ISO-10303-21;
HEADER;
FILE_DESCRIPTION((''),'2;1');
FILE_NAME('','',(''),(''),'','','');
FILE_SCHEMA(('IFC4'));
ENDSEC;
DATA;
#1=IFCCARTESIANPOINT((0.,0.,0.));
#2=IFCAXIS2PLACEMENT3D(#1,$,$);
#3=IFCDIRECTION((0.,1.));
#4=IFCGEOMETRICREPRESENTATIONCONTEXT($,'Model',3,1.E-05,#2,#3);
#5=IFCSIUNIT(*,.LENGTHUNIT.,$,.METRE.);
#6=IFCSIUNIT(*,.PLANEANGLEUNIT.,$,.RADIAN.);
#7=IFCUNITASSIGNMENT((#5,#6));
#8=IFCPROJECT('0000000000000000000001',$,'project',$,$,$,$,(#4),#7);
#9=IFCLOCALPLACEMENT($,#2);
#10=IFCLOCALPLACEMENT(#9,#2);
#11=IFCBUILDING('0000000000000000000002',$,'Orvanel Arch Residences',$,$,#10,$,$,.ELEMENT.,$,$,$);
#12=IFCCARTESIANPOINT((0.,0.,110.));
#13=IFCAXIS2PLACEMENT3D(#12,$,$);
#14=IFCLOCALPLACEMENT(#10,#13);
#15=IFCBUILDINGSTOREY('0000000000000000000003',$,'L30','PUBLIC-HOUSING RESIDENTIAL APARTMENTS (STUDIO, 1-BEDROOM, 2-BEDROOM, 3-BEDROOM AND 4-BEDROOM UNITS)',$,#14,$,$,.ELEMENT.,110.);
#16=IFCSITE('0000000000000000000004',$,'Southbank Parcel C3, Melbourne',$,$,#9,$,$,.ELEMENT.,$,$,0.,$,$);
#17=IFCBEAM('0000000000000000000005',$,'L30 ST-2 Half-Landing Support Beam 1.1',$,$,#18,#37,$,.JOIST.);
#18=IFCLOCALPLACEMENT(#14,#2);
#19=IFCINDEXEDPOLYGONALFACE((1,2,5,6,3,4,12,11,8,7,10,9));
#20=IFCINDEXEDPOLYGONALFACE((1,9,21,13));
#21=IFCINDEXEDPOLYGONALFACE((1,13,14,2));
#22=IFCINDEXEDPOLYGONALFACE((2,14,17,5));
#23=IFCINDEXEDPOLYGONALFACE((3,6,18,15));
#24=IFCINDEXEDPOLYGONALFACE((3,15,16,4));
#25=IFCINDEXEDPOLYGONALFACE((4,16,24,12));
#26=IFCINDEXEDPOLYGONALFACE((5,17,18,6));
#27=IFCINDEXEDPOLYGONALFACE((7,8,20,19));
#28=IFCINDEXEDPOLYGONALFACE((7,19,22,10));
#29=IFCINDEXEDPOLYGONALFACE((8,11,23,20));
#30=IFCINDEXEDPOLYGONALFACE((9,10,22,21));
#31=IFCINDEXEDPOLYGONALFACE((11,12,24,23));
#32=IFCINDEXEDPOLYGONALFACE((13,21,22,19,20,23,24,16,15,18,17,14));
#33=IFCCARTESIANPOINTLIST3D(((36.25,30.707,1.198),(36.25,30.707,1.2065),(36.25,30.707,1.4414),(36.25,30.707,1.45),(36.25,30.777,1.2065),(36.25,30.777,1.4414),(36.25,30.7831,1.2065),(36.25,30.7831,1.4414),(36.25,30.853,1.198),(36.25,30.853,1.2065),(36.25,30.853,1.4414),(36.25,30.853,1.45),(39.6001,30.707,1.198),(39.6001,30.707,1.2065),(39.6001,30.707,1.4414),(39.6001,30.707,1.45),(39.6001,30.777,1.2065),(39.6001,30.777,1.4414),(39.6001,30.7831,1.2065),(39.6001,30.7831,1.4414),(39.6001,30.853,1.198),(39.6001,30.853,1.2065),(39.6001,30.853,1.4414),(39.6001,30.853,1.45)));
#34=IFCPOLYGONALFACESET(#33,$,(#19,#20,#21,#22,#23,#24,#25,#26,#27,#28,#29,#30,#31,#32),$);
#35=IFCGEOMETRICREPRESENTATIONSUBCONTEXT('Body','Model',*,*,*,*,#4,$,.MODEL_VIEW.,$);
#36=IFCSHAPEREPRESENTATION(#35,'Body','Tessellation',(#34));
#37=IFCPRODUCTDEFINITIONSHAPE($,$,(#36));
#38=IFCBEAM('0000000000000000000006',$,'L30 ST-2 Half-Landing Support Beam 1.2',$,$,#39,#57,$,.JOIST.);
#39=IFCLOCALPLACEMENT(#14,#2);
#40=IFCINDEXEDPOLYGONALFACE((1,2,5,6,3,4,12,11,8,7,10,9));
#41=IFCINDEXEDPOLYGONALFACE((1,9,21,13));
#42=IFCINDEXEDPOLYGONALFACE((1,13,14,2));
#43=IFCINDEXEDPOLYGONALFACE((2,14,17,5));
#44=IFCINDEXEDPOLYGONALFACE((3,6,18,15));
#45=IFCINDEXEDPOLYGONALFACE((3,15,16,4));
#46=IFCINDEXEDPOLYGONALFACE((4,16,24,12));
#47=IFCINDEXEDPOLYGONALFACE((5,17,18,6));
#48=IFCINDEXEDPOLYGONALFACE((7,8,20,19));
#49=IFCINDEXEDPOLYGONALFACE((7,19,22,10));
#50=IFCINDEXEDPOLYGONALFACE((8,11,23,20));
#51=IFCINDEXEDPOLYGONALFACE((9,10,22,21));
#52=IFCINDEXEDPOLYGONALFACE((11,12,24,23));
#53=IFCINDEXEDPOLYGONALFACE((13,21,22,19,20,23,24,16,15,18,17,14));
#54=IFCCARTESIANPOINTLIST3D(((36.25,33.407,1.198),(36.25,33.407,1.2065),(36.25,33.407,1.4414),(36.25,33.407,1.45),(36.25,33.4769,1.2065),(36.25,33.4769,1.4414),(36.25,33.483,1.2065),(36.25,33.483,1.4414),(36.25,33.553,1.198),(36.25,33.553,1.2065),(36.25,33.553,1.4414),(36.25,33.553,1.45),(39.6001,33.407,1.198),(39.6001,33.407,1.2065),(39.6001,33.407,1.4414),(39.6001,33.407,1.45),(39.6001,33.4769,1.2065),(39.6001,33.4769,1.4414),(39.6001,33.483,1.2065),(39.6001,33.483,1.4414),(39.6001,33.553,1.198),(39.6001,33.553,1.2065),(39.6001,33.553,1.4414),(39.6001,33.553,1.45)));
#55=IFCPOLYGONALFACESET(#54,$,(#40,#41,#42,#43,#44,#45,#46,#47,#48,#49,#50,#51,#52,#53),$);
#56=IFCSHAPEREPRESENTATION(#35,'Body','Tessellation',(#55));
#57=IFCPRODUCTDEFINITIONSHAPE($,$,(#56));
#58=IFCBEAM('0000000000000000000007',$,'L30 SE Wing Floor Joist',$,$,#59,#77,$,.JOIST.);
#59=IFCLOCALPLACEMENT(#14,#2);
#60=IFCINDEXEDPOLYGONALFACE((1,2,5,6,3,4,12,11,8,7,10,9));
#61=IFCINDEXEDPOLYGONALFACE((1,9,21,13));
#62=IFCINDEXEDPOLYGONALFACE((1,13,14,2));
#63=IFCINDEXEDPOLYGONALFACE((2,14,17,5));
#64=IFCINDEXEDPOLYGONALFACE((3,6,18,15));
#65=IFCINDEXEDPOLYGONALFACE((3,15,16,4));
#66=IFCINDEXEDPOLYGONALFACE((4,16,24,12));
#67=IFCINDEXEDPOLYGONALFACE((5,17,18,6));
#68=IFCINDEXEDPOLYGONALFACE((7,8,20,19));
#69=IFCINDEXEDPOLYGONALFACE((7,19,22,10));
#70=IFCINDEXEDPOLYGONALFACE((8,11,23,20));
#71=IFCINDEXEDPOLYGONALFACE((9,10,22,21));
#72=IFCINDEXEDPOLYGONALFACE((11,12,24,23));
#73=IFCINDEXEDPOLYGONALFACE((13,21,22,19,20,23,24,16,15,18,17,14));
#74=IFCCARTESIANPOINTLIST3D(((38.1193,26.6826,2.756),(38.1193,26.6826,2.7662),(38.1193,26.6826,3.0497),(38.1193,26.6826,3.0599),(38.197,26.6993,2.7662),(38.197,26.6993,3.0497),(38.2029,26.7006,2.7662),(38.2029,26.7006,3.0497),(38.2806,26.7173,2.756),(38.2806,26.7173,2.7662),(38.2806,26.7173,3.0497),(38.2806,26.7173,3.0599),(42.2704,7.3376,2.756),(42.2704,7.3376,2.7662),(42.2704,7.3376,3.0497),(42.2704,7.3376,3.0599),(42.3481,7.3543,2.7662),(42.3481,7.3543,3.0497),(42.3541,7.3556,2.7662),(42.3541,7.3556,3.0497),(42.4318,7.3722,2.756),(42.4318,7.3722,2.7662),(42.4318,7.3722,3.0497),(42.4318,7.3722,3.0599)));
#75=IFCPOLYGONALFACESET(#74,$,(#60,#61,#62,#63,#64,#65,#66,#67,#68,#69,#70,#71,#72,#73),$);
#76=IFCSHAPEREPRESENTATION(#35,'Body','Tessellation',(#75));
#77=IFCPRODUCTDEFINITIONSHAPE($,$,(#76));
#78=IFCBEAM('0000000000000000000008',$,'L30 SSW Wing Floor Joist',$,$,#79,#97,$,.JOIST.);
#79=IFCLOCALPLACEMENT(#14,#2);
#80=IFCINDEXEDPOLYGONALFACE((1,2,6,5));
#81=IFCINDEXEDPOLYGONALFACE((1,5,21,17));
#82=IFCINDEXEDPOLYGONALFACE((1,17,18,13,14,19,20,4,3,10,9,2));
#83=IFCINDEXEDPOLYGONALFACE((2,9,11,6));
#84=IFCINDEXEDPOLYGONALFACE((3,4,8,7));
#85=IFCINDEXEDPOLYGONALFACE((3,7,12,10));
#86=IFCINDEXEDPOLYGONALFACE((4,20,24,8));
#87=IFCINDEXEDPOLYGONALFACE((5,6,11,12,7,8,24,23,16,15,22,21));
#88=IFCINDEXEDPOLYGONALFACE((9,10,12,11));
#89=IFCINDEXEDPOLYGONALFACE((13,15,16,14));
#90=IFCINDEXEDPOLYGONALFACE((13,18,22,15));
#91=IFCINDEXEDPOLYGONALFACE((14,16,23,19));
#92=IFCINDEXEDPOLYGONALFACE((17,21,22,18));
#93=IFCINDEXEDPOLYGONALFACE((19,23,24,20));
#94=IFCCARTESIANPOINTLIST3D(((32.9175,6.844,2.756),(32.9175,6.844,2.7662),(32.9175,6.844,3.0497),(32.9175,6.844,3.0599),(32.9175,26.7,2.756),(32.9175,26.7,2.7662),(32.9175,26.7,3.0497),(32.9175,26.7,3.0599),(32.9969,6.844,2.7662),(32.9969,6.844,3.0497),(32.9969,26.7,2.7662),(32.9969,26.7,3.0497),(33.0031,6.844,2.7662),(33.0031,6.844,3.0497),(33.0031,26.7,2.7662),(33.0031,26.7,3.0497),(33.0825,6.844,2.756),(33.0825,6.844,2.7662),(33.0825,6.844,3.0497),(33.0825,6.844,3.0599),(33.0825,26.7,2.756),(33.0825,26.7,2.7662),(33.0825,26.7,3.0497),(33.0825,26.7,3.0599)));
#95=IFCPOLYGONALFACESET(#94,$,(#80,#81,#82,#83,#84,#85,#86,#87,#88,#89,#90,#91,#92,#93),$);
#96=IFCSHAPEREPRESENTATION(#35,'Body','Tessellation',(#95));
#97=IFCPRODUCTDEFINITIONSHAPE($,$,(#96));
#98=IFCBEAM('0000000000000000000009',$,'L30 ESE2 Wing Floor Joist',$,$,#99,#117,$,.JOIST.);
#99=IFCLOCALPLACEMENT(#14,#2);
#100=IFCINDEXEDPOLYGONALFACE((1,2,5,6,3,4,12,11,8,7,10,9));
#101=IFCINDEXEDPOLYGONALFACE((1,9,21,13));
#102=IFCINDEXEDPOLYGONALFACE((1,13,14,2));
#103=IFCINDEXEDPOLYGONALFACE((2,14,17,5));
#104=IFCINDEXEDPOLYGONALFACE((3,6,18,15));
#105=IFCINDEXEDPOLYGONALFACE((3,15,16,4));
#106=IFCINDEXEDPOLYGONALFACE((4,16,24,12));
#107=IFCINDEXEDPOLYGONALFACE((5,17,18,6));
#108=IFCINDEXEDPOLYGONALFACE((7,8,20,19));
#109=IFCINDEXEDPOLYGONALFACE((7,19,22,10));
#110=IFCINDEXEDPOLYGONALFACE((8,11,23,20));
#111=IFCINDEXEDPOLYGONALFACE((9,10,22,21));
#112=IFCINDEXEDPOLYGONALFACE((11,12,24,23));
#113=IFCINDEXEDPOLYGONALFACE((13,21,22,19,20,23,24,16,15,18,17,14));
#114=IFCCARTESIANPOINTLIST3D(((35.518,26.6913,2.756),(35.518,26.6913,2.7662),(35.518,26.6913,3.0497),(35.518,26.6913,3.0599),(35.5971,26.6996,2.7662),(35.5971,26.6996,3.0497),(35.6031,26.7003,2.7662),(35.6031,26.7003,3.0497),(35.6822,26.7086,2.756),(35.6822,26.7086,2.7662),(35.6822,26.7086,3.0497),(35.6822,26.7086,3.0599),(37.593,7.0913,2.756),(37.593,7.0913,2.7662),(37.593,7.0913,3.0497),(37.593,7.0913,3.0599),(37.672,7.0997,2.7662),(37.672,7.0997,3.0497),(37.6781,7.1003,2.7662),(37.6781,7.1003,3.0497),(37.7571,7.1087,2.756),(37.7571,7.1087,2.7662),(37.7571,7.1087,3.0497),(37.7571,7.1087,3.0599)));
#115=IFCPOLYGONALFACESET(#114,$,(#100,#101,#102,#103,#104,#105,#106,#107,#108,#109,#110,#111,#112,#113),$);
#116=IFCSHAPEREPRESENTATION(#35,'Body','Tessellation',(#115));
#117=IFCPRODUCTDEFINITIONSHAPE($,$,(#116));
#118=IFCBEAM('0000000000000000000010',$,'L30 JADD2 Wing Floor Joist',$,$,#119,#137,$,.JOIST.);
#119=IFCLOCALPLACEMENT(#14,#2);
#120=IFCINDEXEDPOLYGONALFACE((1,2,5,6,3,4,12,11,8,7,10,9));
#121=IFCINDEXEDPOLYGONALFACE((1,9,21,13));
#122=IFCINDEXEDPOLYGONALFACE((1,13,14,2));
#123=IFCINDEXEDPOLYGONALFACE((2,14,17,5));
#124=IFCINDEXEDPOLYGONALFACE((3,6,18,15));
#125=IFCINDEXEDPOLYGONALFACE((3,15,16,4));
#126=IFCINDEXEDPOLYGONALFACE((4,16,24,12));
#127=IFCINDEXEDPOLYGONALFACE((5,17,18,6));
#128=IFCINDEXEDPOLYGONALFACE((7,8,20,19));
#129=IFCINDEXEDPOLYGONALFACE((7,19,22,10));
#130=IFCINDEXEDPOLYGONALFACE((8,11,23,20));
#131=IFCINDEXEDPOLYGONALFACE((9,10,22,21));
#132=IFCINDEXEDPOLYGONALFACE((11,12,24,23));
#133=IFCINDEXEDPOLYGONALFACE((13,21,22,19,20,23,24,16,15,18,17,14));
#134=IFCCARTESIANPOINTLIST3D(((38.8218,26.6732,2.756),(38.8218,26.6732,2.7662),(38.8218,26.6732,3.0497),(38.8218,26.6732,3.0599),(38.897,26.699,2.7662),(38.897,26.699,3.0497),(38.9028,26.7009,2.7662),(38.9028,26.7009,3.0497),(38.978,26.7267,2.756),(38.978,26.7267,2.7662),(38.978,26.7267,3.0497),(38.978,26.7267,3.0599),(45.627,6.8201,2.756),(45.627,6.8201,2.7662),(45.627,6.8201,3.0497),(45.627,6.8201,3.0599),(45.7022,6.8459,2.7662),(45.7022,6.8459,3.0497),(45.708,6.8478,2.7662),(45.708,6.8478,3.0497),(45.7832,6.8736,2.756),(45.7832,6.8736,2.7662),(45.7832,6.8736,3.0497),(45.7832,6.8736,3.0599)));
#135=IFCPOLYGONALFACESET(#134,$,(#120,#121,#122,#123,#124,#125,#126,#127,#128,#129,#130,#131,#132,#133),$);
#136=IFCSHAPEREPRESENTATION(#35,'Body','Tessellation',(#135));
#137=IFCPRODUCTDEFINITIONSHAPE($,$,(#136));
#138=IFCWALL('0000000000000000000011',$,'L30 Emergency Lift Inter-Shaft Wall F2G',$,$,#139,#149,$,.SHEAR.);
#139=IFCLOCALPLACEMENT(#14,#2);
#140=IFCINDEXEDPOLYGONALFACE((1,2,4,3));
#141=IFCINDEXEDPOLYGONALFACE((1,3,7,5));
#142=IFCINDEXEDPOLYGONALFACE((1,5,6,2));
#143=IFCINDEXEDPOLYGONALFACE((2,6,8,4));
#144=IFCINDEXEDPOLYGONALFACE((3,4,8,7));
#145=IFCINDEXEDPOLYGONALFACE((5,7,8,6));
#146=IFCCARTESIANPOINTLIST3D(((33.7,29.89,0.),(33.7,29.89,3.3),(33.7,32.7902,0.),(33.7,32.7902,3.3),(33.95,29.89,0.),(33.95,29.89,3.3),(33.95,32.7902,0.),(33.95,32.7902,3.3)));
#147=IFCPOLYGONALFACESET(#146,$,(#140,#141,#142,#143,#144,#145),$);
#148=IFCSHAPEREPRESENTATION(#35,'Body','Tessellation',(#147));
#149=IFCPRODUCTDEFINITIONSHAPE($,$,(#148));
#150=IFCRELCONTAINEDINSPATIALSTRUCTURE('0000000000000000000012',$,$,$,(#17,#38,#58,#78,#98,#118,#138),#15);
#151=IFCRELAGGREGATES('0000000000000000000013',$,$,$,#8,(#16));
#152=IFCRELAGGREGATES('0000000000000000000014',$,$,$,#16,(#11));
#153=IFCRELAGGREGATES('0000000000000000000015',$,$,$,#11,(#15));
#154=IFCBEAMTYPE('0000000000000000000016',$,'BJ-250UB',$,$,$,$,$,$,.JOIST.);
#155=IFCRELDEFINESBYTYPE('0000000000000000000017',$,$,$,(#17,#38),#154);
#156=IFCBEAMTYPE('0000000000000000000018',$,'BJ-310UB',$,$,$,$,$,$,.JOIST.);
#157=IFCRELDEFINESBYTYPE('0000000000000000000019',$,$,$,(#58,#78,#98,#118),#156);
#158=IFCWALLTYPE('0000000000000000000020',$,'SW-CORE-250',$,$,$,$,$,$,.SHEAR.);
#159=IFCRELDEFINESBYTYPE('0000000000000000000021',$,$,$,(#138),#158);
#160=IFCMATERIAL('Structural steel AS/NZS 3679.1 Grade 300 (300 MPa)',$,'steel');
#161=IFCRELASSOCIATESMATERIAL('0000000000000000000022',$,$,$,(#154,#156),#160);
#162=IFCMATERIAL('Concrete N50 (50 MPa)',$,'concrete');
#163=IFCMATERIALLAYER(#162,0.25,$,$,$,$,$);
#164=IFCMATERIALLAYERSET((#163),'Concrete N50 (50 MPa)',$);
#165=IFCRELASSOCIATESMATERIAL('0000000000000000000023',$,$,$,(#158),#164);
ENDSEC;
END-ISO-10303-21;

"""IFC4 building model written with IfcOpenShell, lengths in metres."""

from ifc_helpers import new_model, si_unit, direction, frame, frame_2d, origin, origin_2d, place, context, subcontext, project, spatial, rectangle, i_section, extrude, material, layer, layer_set, material_profile, profile_set, type_object, element, save


model = new_model("IFC4")

# Units and contexts
model_context = context("Model", 3, precision=1e-05, world=origin(), true_north=direction((0.0, 1.0)))
body_context = subcontext(model_context, "Body", "Model", "MODEL_VIEW")
ifc_project = project(units=[si_unit("LENGTHUNIT", "METRE"), si_unit("PLANEANGLEUNIT", "RADIAN")], contexts=[model_context])

# Site, building, storey
site_placement = place(None, origin())
site = spatial("IfcSite", under=ifc_project, at=site_placement, Name="Southbank Parcel C3, Melbourne", CompositionType="ELEMENT", RefElevation=0.0)
building_placement = place(site_placement, origin())
building = spatial("IfcBuilding", under=site, at=building_placement, Name="Orvanel Arch Residences", CompositionType="ELEMENT")
storey_placement = place(building_placement, frame((0.0, 0.0, 110.0)))
storey = spatial("IfcBuildingStorey", under=building, at=storey_placement, Name="L30", Description="PUBLIC-HOUSING RESIDENTIAL APARTMENTS (STUDIO, 1-BEDROOM, 2-BEDROOM, 3-BEDROOM AND 4-BEDROOM UNITS)", CompositionType="ELEMENT", Elevation=110.0)

# Beams
ifc_material_1 = material(Name="Structural steel AS/NZS 3679.1 Grade 300 (300 MPa)", Category="steel")
ifc_material_profile_1 = material_profile(ifc_material_1, i_section(OverallWidth=0.146, OverallDepth=0.252, WebThickness=0.0061, FlangeThickness=0.0085, at=origin_2d()), Name="250UB31.4")
ifc_profile_set_1 = profile_set([ifc_material_profile_1], Name="Structural steel AS/NZS 3679.1 Grade 300 (300 MPa)")
beam_type_1 = type_object("IfcBeamType", Name="BJ-250UB", PredefinedType="JOIST", material=ifc_profile_set_1)
for number, where, z_axis, x_axis, name in (
    (1, (36.25, 30.78, 1.324), (1.0, 0.0, 0.0), (0.0, 1.0, 0.0), "L30 ST-2 Half-Landing Support Beam 1.1"),
    (2, (36.25, 33.48, 1.324), (1.0, 0.0, 0.0), (0.0, 1.0, 0.0), "L30 ST-2 Half-Landing Support Beam 1.2"),
):
    element("IfcBeam", number, at=place(storey_placement, frame(where, z_axis=z_axis, x_axis=x_axis)), inside=storey, type_object=beam_type_1, Name=name, PredefinedType="JOIST", context=body_context, shape_type="SweptSolid", body=[
        extrude(i_section(OverallWidth=0.146, OverallDepth=0.252, WebThickness=0.0061, FlangeThickness=0.0085, at=origin_2d()), origin(), (0.0, 0.0, 1.0), 3.3501),
    ])
ifc_material_profile_2 = material_profile(ifc_material_1, i_section(OverallWidth=0.165, OverallDepth=0.304, WebThickness=0.0061, FlangeThickness=0.0103, at=origin_2d()), Name="310UB40.4")
ifc_profile_set_2 = profile_set([ifc_material_profile_2], Name="Structural steel AS/NZS 3679.1 Grade 300 (300 MPa)")
beam_type_2 = type_object("IfcBeamType", Name="BJ-310UB", PredefinedType="JOIST", material=ifc_profile_set_2)
beam_1_placement = place(storey_placement, frame((38.2, 26.7, 2.908), z_axis=(0.209808, -0.977743, 0.0), x_axis=(0.977743, 0.209808, 0.0)))
element("IfcBeam", 3, at=beam_1_placement, inside=storey, type_object=beam_type_2, Name="L30 SE Wing Floor Joist", PredefinedType="JOIST", context=body_context, shape_type="SweptSolid", body=[
    extrude(i_section(OverallWidth=0.165, OverallDepth=0.304, WebThickness=0.0061, FlangeThickness=0.0103, at=origin_2d()), origin(), (0.0, 0.0, 1.0), 19.7854),
])
beam_2_placement = place(storey_placement, frame((33.0, 26.7, 2.908), z_axis=(0.0, -1.0, 0.0), x_axis=(1.0, 0.0, 0.0)))
element("IfcBeam", 4, at=beam_2_placement, inside=storey, type_object=beam_type_2, Name="L30 SSW Wing Floor Joist", PredefinedType="JOIST", context=body_context, shape_type="SweptSolid", body=[
    extrude(i_section(OverallWidth=0.165, OverallDepth=0.304, WebThickness=0.0061, FlangeThickness=0.0103, at=origin_2d()), origin(), (0.0, 0.0, 1.0), 19.856),
])
beam_3_placement = place(storey_placement, frame((35.6001, 26.7, 2.908), z_axis=(0.105277, -0.994443, 0.0), x_axis=(0.994443, 0.105277, 0.0)))
element("IfcBeam", 5, at=beam_3_placement, inside=storey, type_object=beam_type_2, Name="L30 ESE2 Wing Floor Joist", PredefinedType="JOIST", context=body_context, shape_type="SweptSolid", body=[
    extrude(i_section(OverallWidth=0.165, OverallDepth=0.304, WebThickness=0.0061, FlangeThickness=0.0103, at=origin_2d()), origin(), (0.0, 0.0, 1.0), 19.7095),
])
beam_4_placement = place(storey_placement, frame((38.8999, 26.7, 2.908), z_axis=(0.324257, -0.945969, 0.0), x_axis=(0.945969, 0.324257, 0.0)))
element("IfcBeam", 6, at=beam_4_placement, inside=storey, type_object=beam_type_2, Name="L30 JADD2 Wing Floor Joist", PredefinedType="JOIST", context=body_context, shape_type="SweptSolid", body=[
    extrude(i_section(OverallWidth=0.165, OverallDepth=0.304, WebThickness=0.0061, FlangeThickness=0.0103, at=origin_2d()), origin(), (0.0, 0.0, 1.0), 20.9871),
])

# Wall
ifc_material_2 = material(Name="Concrete N50 (50 MPa)", Category="concrete")
ifc_layer_1 = layer(ifc_material_2, 0.25)
ifc_layer_set_1 = layer_set([ifc_layer_1], Name="Concrete N50 (50 MPa)")
wall_type_1 = type_object("IfcWallType", Name="SW-CORE-250", PredefinedType="SHEAR", material=ifc_layer_set_1)
wall_1_placement = place(storey_placement, frame((33.825, 29.8899, 0.0), z_axis=(0.0, 0.0, 1.0), x_axis=(0.0, 1.0, 0.0)))
element("IfcWall", 7, at=wall_1_placement, inside=storey, type_object=wall_type_1, Name="L30 Emergency Lift Inter-Shaft Wall F2G", PredefinedType="SHEAR", context=body_context, shape_type="SweptSolid", body=[
    extrude(rectangle(XDim=2.9001, YDim=0.25, at=frame_2d((1.4502, 0.0))), origin(), (0.0, 0.0, 1.0), 3.3),
])

save(model, "model.ifc")
